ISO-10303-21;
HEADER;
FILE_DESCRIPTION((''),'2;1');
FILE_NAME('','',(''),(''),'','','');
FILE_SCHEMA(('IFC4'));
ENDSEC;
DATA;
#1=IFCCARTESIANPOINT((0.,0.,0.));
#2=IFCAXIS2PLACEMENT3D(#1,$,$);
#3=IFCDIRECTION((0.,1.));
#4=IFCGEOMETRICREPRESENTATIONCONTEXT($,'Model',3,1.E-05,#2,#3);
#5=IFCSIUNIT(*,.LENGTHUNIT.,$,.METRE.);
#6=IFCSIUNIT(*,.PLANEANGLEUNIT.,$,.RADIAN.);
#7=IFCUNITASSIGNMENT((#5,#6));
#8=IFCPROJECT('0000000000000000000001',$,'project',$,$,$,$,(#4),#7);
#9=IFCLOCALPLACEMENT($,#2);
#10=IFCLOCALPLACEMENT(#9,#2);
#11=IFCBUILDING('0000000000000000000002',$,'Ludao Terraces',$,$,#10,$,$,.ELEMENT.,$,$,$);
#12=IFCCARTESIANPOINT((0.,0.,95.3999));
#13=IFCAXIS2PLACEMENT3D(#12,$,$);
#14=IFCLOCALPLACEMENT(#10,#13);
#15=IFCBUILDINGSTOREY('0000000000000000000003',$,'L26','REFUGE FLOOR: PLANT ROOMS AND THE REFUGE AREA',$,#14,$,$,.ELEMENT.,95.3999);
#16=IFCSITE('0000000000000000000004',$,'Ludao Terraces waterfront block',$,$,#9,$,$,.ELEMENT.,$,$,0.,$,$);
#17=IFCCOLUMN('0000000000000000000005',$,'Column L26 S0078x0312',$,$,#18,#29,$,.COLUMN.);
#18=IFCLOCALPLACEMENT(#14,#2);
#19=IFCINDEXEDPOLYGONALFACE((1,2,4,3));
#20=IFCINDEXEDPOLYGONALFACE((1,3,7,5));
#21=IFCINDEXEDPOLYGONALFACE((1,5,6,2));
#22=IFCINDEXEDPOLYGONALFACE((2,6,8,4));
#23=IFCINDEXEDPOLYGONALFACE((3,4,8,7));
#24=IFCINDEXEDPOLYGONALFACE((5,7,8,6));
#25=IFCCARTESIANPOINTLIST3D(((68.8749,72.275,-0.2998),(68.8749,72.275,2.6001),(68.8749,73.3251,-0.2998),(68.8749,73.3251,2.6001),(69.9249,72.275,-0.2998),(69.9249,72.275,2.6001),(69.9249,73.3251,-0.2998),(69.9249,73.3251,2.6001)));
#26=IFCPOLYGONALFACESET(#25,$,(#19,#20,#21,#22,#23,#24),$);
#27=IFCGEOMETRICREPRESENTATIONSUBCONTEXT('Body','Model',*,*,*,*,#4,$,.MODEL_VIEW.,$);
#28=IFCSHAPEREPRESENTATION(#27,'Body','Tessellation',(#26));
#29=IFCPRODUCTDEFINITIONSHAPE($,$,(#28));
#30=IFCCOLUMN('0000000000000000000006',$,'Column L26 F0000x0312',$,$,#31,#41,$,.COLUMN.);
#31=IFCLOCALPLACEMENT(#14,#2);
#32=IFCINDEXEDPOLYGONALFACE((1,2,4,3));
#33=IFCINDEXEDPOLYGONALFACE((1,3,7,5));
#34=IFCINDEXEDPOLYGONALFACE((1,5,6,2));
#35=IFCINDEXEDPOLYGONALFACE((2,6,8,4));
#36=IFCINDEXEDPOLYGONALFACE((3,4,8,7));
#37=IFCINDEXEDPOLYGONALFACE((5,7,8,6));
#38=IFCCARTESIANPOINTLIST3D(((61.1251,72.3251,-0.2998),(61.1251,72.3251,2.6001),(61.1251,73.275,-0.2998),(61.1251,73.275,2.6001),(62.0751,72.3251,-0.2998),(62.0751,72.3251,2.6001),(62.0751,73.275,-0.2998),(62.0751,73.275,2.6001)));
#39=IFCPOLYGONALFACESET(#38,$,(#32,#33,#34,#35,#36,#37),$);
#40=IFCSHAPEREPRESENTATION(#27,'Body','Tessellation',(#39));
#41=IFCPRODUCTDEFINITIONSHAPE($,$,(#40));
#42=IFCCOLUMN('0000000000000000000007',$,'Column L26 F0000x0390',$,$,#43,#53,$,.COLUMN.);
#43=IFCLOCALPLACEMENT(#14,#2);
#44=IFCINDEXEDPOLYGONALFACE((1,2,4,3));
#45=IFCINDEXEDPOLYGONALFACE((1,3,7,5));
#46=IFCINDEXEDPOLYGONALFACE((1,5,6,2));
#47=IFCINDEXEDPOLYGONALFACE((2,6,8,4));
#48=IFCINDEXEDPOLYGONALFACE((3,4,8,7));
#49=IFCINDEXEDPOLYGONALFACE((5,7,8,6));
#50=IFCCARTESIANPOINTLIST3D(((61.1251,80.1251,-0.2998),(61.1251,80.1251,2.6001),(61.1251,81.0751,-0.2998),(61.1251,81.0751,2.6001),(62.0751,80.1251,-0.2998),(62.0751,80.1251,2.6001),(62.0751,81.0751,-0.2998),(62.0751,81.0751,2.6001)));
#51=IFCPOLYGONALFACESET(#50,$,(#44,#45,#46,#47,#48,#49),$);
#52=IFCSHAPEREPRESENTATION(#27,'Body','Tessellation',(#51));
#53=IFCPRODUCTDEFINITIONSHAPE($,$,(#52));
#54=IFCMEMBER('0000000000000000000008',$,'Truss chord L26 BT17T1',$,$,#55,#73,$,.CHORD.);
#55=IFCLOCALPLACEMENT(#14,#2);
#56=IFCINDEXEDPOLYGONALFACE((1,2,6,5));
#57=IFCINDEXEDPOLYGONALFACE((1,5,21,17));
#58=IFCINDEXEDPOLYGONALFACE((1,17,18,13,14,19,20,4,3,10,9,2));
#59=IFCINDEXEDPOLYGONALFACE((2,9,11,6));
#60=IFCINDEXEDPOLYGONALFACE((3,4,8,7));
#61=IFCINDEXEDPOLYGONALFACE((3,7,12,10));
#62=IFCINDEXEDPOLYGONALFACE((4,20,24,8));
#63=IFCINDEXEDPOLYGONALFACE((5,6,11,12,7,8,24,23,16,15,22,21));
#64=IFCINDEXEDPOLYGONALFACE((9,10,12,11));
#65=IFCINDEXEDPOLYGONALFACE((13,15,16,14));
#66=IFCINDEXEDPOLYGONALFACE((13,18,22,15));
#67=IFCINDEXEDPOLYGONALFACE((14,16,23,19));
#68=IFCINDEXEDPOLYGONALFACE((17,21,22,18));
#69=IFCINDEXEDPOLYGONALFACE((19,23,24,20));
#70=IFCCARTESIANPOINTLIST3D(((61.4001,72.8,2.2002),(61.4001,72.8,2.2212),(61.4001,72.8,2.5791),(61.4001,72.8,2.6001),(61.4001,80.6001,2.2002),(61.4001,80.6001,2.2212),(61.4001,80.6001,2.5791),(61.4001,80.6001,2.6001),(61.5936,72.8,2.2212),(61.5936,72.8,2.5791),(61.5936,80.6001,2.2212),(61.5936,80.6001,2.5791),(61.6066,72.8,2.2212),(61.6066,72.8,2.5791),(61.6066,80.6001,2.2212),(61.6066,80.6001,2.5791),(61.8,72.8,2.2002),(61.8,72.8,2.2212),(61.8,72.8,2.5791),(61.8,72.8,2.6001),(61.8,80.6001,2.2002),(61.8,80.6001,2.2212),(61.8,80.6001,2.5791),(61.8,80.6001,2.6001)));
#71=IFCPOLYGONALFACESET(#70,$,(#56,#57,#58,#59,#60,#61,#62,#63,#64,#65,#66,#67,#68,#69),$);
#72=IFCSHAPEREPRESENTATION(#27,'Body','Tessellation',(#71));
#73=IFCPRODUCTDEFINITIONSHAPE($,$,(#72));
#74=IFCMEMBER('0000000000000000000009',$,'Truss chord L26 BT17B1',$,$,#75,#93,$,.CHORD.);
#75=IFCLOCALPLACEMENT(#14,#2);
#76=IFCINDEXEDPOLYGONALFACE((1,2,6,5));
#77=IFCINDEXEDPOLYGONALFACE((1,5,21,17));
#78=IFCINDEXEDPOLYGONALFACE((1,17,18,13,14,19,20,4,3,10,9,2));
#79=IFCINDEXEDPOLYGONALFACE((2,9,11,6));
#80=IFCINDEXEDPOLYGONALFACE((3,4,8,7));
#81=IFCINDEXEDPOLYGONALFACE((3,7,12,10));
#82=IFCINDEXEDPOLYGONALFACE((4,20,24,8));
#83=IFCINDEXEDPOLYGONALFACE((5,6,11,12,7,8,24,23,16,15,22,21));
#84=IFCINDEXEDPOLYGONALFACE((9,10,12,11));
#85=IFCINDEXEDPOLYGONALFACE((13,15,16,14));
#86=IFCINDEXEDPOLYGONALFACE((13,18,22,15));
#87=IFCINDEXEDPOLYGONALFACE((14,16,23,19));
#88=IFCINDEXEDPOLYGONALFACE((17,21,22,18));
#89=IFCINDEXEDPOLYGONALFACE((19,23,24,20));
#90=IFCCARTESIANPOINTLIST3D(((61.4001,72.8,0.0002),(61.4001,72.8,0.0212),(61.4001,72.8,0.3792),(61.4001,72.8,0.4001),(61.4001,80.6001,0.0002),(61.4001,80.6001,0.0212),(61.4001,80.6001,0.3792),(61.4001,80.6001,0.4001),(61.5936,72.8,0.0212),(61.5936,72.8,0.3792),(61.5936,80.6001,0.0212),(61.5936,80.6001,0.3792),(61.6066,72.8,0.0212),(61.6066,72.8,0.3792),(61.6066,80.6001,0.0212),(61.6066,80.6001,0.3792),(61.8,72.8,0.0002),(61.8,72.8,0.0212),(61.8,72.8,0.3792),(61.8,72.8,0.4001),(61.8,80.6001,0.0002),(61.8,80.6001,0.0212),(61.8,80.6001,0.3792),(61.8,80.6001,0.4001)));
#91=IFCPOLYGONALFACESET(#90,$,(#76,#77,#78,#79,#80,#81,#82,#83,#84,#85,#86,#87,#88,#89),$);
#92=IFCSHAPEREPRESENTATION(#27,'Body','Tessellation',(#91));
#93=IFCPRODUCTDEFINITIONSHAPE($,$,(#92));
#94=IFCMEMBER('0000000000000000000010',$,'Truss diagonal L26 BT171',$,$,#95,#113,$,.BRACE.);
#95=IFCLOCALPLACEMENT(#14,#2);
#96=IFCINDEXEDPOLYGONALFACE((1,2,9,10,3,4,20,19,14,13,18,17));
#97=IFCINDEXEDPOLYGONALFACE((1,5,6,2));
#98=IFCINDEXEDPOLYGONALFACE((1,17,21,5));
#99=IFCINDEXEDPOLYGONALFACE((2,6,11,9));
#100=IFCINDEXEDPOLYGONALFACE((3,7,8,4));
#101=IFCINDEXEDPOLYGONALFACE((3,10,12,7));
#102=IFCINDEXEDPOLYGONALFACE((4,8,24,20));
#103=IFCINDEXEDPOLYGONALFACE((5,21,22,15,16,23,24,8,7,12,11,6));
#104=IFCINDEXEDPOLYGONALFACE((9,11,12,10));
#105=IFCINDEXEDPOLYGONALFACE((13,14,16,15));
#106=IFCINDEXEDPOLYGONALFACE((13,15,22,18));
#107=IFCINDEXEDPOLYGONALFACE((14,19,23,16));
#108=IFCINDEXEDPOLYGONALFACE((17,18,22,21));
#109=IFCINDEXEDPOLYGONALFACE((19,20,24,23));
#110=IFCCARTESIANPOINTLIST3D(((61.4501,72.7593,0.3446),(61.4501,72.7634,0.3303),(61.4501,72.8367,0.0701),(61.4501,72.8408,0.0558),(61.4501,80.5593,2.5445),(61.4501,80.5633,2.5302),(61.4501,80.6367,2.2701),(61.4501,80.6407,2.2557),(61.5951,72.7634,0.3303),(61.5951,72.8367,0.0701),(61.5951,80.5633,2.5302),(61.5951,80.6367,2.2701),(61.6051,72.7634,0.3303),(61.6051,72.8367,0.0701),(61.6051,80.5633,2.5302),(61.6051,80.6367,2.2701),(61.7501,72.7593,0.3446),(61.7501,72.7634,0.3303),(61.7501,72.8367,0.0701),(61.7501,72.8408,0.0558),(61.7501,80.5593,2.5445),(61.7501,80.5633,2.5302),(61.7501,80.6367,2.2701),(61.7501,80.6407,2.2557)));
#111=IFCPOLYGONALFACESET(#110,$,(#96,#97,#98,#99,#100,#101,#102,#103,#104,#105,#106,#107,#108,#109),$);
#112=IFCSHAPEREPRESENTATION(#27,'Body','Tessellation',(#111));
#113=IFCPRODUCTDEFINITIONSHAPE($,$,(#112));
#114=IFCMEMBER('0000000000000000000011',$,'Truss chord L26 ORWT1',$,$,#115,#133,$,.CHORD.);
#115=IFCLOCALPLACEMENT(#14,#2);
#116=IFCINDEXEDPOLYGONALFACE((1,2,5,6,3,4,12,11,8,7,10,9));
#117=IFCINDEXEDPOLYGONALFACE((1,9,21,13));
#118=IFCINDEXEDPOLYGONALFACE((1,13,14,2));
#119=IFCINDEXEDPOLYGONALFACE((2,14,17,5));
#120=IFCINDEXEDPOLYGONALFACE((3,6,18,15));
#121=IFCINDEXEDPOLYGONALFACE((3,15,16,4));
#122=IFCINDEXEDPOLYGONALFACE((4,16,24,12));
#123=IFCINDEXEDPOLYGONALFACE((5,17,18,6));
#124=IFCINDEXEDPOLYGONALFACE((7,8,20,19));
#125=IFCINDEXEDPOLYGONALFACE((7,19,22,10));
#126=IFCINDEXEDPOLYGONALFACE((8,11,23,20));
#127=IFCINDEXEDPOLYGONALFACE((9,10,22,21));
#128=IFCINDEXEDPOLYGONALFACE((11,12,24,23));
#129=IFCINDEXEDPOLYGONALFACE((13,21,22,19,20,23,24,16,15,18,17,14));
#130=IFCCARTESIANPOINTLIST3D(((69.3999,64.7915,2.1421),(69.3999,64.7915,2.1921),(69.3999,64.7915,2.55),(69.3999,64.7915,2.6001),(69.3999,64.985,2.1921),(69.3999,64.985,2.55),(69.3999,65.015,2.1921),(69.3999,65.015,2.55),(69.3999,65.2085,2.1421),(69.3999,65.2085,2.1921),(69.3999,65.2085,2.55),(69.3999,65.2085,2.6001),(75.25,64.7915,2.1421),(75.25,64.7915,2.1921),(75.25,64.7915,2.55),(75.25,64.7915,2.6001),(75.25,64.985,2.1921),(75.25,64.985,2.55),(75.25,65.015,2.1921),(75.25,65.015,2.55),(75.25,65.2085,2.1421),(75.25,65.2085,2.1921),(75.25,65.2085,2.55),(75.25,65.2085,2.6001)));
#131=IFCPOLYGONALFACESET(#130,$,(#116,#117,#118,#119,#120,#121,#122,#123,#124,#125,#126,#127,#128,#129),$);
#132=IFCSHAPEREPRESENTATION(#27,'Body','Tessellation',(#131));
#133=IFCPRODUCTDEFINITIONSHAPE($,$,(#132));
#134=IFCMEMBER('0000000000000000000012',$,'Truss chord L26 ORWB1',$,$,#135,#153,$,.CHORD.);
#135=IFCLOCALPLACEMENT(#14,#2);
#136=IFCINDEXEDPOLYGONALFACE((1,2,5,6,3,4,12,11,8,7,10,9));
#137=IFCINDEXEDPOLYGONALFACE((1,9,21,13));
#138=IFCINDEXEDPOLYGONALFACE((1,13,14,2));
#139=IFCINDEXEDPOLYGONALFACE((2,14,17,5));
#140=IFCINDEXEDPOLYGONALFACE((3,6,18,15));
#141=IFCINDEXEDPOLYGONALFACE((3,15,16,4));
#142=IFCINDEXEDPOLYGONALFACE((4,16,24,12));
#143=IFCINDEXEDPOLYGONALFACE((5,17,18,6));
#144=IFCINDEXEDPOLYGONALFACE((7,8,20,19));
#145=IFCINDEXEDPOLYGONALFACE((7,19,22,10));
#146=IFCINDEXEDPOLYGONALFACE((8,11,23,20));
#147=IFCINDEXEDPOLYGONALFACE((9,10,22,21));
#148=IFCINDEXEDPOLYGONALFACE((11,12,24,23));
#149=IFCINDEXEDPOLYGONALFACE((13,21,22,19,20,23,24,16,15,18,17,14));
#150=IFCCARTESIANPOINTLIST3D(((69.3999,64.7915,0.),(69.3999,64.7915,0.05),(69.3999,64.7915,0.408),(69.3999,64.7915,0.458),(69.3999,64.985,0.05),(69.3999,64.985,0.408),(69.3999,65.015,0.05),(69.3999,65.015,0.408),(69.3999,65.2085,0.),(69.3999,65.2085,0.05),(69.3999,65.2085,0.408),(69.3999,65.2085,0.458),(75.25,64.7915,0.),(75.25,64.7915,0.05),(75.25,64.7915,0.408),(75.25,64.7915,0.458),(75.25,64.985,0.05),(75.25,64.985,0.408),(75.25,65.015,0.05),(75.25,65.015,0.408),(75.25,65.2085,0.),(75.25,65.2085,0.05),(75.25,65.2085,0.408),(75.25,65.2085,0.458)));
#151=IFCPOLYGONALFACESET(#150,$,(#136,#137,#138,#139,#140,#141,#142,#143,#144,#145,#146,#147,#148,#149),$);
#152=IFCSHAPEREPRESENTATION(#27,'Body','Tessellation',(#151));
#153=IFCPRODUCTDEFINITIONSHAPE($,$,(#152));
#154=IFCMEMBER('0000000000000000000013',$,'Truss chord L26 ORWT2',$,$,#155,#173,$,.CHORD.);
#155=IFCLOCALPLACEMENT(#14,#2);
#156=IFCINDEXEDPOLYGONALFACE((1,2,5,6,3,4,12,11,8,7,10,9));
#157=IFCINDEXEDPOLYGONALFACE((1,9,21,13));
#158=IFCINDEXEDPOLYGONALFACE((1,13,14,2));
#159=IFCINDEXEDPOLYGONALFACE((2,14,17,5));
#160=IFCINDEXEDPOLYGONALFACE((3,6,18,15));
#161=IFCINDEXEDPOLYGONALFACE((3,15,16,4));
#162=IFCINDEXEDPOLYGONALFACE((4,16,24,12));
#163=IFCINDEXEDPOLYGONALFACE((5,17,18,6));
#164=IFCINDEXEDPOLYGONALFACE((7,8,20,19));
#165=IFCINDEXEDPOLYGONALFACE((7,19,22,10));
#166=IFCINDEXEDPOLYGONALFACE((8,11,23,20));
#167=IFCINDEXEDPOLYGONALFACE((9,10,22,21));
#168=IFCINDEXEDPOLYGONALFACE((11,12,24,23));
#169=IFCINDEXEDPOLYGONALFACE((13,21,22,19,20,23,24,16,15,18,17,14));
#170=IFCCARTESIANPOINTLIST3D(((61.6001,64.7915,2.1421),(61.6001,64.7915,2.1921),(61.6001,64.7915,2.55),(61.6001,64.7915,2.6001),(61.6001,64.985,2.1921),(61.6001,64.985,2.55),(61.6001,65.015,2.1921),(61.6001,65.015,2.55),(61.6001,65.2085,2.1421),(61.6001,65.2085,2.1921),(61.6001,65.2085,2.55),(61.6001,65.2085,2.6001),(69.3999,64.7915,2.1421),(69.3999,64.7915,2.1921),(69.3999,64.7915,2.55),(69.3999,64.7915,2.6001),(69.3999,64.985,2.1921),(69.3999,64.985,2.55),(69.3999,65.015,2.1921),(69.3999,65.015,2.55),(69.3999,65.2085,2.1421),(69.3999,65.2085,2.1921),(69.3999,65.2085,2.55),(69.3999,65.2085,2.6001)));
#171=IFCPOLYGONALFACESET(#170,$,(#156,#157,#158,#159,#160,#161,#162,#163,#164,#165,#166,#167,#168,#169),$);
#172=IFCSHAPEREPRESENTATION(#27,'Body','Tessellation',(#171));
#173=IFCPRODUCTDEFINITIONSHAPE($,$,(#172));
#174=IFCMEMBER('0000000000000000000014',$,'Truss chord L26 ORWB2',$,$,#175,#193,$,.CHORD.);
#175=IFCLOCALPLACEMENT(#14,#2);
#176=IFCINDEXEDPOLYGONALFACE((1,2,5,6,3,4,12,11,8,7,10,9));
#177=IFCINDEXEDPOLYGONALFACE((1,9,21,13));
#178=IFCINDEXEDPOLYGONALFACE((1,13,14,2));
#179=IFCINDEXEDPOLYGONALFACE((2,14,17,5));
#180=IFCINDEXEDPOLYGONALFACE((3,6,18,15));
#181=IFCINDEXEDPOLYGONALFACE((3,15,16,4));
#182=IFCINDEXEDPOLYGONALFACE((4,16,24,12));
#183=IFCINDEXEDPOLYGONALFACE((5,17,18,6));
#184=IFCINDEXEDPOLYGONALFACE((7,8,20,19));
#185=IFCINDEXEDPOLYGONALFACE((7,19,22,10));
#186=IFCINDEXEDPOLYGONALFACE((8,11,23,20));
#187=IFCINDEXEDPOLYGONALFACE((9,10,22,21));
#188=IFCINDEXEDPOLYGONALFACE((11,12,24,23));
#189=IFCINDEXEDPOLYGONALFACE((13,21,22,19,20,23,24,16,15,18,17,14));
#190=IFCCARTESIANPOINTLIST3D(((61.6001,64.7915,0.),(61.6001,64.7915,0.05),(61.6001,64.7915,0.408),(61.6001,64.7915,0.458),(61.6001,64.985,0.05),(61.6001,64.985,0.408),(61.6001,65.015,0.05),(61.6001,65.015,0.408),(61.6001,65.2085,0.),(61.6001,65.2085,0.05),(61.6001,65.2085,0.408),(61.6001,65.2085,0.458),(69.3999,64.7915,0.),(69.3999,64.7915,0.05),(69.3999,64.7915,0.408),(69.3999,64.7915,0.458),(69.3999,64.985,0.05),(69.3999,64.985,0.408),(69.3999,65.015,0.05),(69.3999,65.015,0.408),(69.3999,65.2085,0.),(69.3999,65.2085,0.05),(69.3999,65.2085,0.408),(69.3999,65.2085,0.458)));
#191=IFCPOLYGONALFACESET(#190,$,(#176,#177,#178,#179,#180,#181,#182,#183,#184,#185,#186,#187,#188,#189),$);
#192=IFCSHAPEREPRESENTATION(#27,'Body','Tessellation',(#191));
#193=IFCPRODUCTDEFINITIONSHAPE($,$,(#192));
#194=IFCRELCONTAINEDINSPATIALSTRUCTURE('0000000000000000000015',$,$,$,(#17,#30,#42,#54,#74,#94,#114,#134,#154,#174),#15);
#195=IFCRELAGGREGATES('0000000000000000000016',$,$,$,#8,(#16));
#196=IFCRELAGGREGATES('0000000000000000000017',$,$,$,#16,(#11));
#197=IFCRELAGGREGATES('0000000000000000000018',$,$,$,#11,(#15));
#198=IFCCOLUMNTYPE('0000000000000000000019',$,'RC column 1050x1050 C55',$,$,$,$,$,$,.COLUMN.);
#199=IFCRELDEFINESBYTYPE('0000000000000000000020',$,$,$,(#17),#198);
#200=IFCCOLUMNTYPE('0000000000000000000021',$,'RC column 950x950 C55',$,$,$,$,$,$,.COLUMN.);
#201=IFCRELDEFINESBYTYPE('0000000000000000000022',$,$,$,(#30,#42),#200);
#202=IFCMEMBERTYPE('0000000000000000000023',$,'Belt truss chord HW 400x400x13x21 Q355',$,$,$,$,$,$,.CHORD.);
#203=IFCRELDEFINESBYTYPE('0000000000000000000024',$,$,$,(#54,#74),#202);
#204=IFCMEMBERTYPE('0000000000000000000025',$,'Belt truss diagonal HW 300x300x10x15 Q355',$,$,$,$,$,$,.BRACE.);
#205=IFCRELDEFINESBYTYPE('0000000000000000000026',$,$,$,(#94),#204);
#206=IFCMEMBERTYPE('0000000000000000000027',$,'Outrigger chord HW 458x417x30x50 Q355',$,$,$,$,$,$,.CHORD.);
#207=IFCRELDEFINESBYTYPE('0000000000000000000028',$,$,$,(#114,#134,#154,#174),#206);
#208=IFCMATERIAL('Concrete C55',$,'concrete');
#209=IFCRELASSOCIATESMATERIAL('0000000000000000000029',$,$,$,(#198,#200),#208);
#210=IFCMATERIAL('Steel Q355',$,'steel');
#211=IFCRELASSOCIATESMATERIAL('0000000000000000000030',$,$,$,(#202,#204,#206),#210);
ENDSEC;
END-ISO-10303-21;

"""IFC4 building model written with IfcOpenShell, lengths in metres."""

from ifc_helpers import new_model, si_unit, direction, frame, origin, origin_2d, place, context, subcontext, project, spatial, rectangle, i_section, extrude, material, material_profile, profile_set, type_object, element, save


model = new_model("IFC4")

# Units and contexts
model_context = context("Model", 3, precision=1e-05, world=origin(), true_north=direction((0.0, 1.0)))
body_context = subcontext(model_context, "Body", "Model", "MODEL_VIEW")
ifc_project = project(units=[si_unit("LENGTHUNIT", "METRE"), si_unit("PLANEANGLEUNIT", "RADIAN")], contexts=[model_context])

# Site, building, storey
site_placement = place(None, origin())
site = spatial("IfcSite", under=ifc_project, at=site_placement, Name="Ludao Terraces waterfront block", CompositionType="ELEMENT", RefElevation=0.0)
building_placement = place(site_placement, origin())
building = spatial("IfcBuilding", under=site, at=building_placement, Name="Ludao Terraces", CompositionType="ELEMENT")
storey_placement = place(building_placement, frame((0.0, 0.0, 95.3999)))
storey = spatial("IfcBuildingStorey", under=building, at=storey_placement, Name="L26", Description="REFUGE FLOOR: PLANT ROOMS AND THE REFUGE AREA", CompositionType="ELEMENT", Elevation=95.3999)

# Columns
ifc_material_1 = material(Name="Concrete C55", Category="concrete")
ifc_material_profile_1 = material_profile(ifc_material_1, rectangle(XDim=1.05, YDim=1.05, at=origin_2d()), Name="1050 X 1050")
ifc_profile_set_1 = profile_set([ifc_material_profile_1], Name="Concrete C55")
column_type_1 = type_object("IfcColumnType", Name="RC column 1050x1050 C55", PredefinedType="COLUMN", material=ifc_profile_set_1)
column_placement = place(storey_placement, frame((69.3999, 72.8, -0.2998), z_axis=(0.0, 0.0, 1.0), x_axis=(1.0, 0.0, 0.0)))
element("IfcColumn", 1, at=column_placement, inside=storey, type_object=column_type_1, Name="Column L26 S0078x0312", PredefinedType="COLUMN", context=body_context, shape_type="SweptSolid", body=[
    extrude(rectangle(XDim=1.05, YDim=1.05, at=origin_2d()), origin(), (0.0, 0.0, 1.0), 2.8999),
])
ifc_material_profile_2 = material_profile(ifc_material_1, rectangle(XDim=0.95, YDim=0.95, at=origin_2d()), Name="950 X 950")
ifc_profile_set_2 = profile_set([ifc_material_profile_2], Name="Concrete C55")
column_type_2 = type_object("IfcColumnType", Name="RC column 950x950 C55", PredefinedType="COLUMN", material=ifc_profile_set_2)
for number, where, z_axis, x_axis, name in (
    (2, (61.6001, 72.8, -0.2998), (0.0, 0.0, 1.0), (1.0, 0.0, 0.0), "Column L26 F0000x0312"),
    (3, (61.6001, 80.6001, -0.2998), (0.0, 0.0, 1.0), (1.0, 0.0, 0.0), "Column L26 F0000x0390"),
):
    element("IfcColumn", number, at=place(storey_placement, frame(where, z_axis=z_axis, x_axis=x_axis)), inside=storey, type_object=column_type_2, Name=name, PredefinedType="COLUMN", context=body_context, shape_type="SweptSolid", body=[
        extrude(rectangle(XDim=0.95, YDim=0.95, at=origin_2d()), origin(), (0.0, 0.0, 1.0), 2.8999),
    ])

# Members
ifc_material_2 = material(Name="Steel Q355", Category="steel")
ifc_material_profile_3 = material_profile(ifc_material_2, i_section(OverallWidth=0.3999, OverallDepth=0.3999, WebThickness=0.0129, FlangeThickness=0.021, at=origin_2d()), Name="HW 400X400X13X21")
ifc_profile_set_3 = profile_set([ifc_material_profile_3], Name="Steel Q355")
member_type_1 = type_object("IfcMemberType", Name="Belt truss chord HW 400x400x13x21 Q355", PredefinedType="CHORD", material=ifc_profile_set_3)
for number, where, z_axis, x_axis, name in (
    (4, (61.6001, 72.8, 2.4001), (0.0, 1.0, 0.0), (-1.0, 0.0, 0.0), "Truss chord L26 BT17T1"),
    (5, (61.6001, 72.8, 0.2002), (0.0, 1.0, 0.0), (-1.0, 0.0, 0.0), "Truss chord L26 BT17B1"),
):
    element("IfcMember", number, at=place(storey_placement, frame(where, z_axis=z_axis, x_axis=x_axis)), inside=storey, type_object=member_type_1, Name=name, PredefinedType="CHORD", context=body_context, shape_type="SweptSolid", body=[
        extrude(i_section(OverallWidth=0.3999, OverallDepth=0.3999, WebThickness=0.0129, FlangeThickness=0.021, at=origin_2d()), origin(), (0.0, 0.0, 1.0), 7.8),
    ])
ifc_material_profile_4 = material_profile(ifc_material_2, i_section(OverallWidth=0.3, OverallDepth=0.3, WebThickness=0.01, FlangeThickness=0.0149, at=origin_2d()), Name="HW 300X300X10X15")
ifc_profile_set_4 = profile_set([ifc_material_profile_4], Name="Steel Q355")
member_type_2 = type_object("IfcMemberType", Name="Belt truss diagonal HW 300x300x10x15 Q355", PredefinedType="BRACE", material=ifc_profile_set_4)
member_1_placement = place(storey_placement, frame((61.6001, 72.8, 0.2002), z_axis=(0.0, 0.962452, 0.271453), x_axis=(-1.0, 0.0, 0.0)))
element("IfcMember", 6, at=member_1_placement, inside=storey, type_object=member_type_2, Name="Truss diagonal L26 BT171", PredefinedType="BRACE", context=body_context, shape_type="SweptSolid", body=[
    extrude(i_section(OverallWidth=0.3, OverallDepth=0.3, WebThickness=0.01, FlangeThickness=0.0149, at=origin_2d()), origin(), (0.0, 0.0, 1.0), 8.1042),
])
ifc_material_profile_5 = material_profile(ifc_material_2, i_section(OverallWidth=0.417, OverallDepth=0.458, WebThickness=0.03, FlangeThickness=0.05, at=origin_2d()), Name="HW 458X417X30X50")
ifc_profile_set_5 = profile_set([ifc_material_profile_5], Name="Steel Q355")
member_type_3 = type_object("IfcMemberType", Name="Outrigger chord HW 458x417x30x50 Q355", PredefinedType="CHORD", material=ifc_profile_set_5)
for number, where, z_axis, x_axis, name in (
    (7, (75.25, 65.0, 2.3711), (-1.0, 0.0, 0.0), (0.0, -1.0, 0.0), "Truss chord L26 ORWT1"),
    (8, (75.25, 65.0, 0.229), (-1.0, 0.0, 0.0), (0.0, -1.0, 0.0), "Truss chord L26 ORWB1"),
):
    element("IfcMember", number, at=place(storey_placement, frame(where, z_axis=z_axis, x_axis=x_axis)), inside=storey, type_object=member_type_3, Name=name, PredefinedType="CHORD", context=body_context, shape_type="SweptSolid", body=[
        extrude(i_section(OverallWidth=0.417, OverallDepth=0.458, WebThickness=0.03, FlangeThickness=0.05, at=origin_2d()), origin(), (0.0, 0.0, 1.0), 5.8501),
    ])
for number, where, z_axis, x_axis, name in (
    (9, (69.3999, 65.0, 2.3711), (-1.0, 0.0, 0.0), (0.0, -1.0, 0.0), "Truss chord L26 ORWT2"),
    (10, (69.3999, 65.0, 0.229), (-1.0, 0.0, 0.0), (0.0, -1.0, 0.0), "Truss chord L26 ORWB2"),
):
    element("IfcMember", number, at=place(storey_placement, frame(where, z_axis=z_axis, x_axis=x_axis)), inside=storey, type_object=member_type_3, Name=name, PredefinedType="CHORD", context=body_context, shape_type="SweptSolid", body=[
        extrude(i_section(OverallWidth=0.417, OverallDepth=0.458, WebThickness=0.03, FlangeThickness=0.05, at=origin_2d()), origin(), (0.0, 0.0, 1.0), 7.7998),
    ])

save(model, "model.ifc")
